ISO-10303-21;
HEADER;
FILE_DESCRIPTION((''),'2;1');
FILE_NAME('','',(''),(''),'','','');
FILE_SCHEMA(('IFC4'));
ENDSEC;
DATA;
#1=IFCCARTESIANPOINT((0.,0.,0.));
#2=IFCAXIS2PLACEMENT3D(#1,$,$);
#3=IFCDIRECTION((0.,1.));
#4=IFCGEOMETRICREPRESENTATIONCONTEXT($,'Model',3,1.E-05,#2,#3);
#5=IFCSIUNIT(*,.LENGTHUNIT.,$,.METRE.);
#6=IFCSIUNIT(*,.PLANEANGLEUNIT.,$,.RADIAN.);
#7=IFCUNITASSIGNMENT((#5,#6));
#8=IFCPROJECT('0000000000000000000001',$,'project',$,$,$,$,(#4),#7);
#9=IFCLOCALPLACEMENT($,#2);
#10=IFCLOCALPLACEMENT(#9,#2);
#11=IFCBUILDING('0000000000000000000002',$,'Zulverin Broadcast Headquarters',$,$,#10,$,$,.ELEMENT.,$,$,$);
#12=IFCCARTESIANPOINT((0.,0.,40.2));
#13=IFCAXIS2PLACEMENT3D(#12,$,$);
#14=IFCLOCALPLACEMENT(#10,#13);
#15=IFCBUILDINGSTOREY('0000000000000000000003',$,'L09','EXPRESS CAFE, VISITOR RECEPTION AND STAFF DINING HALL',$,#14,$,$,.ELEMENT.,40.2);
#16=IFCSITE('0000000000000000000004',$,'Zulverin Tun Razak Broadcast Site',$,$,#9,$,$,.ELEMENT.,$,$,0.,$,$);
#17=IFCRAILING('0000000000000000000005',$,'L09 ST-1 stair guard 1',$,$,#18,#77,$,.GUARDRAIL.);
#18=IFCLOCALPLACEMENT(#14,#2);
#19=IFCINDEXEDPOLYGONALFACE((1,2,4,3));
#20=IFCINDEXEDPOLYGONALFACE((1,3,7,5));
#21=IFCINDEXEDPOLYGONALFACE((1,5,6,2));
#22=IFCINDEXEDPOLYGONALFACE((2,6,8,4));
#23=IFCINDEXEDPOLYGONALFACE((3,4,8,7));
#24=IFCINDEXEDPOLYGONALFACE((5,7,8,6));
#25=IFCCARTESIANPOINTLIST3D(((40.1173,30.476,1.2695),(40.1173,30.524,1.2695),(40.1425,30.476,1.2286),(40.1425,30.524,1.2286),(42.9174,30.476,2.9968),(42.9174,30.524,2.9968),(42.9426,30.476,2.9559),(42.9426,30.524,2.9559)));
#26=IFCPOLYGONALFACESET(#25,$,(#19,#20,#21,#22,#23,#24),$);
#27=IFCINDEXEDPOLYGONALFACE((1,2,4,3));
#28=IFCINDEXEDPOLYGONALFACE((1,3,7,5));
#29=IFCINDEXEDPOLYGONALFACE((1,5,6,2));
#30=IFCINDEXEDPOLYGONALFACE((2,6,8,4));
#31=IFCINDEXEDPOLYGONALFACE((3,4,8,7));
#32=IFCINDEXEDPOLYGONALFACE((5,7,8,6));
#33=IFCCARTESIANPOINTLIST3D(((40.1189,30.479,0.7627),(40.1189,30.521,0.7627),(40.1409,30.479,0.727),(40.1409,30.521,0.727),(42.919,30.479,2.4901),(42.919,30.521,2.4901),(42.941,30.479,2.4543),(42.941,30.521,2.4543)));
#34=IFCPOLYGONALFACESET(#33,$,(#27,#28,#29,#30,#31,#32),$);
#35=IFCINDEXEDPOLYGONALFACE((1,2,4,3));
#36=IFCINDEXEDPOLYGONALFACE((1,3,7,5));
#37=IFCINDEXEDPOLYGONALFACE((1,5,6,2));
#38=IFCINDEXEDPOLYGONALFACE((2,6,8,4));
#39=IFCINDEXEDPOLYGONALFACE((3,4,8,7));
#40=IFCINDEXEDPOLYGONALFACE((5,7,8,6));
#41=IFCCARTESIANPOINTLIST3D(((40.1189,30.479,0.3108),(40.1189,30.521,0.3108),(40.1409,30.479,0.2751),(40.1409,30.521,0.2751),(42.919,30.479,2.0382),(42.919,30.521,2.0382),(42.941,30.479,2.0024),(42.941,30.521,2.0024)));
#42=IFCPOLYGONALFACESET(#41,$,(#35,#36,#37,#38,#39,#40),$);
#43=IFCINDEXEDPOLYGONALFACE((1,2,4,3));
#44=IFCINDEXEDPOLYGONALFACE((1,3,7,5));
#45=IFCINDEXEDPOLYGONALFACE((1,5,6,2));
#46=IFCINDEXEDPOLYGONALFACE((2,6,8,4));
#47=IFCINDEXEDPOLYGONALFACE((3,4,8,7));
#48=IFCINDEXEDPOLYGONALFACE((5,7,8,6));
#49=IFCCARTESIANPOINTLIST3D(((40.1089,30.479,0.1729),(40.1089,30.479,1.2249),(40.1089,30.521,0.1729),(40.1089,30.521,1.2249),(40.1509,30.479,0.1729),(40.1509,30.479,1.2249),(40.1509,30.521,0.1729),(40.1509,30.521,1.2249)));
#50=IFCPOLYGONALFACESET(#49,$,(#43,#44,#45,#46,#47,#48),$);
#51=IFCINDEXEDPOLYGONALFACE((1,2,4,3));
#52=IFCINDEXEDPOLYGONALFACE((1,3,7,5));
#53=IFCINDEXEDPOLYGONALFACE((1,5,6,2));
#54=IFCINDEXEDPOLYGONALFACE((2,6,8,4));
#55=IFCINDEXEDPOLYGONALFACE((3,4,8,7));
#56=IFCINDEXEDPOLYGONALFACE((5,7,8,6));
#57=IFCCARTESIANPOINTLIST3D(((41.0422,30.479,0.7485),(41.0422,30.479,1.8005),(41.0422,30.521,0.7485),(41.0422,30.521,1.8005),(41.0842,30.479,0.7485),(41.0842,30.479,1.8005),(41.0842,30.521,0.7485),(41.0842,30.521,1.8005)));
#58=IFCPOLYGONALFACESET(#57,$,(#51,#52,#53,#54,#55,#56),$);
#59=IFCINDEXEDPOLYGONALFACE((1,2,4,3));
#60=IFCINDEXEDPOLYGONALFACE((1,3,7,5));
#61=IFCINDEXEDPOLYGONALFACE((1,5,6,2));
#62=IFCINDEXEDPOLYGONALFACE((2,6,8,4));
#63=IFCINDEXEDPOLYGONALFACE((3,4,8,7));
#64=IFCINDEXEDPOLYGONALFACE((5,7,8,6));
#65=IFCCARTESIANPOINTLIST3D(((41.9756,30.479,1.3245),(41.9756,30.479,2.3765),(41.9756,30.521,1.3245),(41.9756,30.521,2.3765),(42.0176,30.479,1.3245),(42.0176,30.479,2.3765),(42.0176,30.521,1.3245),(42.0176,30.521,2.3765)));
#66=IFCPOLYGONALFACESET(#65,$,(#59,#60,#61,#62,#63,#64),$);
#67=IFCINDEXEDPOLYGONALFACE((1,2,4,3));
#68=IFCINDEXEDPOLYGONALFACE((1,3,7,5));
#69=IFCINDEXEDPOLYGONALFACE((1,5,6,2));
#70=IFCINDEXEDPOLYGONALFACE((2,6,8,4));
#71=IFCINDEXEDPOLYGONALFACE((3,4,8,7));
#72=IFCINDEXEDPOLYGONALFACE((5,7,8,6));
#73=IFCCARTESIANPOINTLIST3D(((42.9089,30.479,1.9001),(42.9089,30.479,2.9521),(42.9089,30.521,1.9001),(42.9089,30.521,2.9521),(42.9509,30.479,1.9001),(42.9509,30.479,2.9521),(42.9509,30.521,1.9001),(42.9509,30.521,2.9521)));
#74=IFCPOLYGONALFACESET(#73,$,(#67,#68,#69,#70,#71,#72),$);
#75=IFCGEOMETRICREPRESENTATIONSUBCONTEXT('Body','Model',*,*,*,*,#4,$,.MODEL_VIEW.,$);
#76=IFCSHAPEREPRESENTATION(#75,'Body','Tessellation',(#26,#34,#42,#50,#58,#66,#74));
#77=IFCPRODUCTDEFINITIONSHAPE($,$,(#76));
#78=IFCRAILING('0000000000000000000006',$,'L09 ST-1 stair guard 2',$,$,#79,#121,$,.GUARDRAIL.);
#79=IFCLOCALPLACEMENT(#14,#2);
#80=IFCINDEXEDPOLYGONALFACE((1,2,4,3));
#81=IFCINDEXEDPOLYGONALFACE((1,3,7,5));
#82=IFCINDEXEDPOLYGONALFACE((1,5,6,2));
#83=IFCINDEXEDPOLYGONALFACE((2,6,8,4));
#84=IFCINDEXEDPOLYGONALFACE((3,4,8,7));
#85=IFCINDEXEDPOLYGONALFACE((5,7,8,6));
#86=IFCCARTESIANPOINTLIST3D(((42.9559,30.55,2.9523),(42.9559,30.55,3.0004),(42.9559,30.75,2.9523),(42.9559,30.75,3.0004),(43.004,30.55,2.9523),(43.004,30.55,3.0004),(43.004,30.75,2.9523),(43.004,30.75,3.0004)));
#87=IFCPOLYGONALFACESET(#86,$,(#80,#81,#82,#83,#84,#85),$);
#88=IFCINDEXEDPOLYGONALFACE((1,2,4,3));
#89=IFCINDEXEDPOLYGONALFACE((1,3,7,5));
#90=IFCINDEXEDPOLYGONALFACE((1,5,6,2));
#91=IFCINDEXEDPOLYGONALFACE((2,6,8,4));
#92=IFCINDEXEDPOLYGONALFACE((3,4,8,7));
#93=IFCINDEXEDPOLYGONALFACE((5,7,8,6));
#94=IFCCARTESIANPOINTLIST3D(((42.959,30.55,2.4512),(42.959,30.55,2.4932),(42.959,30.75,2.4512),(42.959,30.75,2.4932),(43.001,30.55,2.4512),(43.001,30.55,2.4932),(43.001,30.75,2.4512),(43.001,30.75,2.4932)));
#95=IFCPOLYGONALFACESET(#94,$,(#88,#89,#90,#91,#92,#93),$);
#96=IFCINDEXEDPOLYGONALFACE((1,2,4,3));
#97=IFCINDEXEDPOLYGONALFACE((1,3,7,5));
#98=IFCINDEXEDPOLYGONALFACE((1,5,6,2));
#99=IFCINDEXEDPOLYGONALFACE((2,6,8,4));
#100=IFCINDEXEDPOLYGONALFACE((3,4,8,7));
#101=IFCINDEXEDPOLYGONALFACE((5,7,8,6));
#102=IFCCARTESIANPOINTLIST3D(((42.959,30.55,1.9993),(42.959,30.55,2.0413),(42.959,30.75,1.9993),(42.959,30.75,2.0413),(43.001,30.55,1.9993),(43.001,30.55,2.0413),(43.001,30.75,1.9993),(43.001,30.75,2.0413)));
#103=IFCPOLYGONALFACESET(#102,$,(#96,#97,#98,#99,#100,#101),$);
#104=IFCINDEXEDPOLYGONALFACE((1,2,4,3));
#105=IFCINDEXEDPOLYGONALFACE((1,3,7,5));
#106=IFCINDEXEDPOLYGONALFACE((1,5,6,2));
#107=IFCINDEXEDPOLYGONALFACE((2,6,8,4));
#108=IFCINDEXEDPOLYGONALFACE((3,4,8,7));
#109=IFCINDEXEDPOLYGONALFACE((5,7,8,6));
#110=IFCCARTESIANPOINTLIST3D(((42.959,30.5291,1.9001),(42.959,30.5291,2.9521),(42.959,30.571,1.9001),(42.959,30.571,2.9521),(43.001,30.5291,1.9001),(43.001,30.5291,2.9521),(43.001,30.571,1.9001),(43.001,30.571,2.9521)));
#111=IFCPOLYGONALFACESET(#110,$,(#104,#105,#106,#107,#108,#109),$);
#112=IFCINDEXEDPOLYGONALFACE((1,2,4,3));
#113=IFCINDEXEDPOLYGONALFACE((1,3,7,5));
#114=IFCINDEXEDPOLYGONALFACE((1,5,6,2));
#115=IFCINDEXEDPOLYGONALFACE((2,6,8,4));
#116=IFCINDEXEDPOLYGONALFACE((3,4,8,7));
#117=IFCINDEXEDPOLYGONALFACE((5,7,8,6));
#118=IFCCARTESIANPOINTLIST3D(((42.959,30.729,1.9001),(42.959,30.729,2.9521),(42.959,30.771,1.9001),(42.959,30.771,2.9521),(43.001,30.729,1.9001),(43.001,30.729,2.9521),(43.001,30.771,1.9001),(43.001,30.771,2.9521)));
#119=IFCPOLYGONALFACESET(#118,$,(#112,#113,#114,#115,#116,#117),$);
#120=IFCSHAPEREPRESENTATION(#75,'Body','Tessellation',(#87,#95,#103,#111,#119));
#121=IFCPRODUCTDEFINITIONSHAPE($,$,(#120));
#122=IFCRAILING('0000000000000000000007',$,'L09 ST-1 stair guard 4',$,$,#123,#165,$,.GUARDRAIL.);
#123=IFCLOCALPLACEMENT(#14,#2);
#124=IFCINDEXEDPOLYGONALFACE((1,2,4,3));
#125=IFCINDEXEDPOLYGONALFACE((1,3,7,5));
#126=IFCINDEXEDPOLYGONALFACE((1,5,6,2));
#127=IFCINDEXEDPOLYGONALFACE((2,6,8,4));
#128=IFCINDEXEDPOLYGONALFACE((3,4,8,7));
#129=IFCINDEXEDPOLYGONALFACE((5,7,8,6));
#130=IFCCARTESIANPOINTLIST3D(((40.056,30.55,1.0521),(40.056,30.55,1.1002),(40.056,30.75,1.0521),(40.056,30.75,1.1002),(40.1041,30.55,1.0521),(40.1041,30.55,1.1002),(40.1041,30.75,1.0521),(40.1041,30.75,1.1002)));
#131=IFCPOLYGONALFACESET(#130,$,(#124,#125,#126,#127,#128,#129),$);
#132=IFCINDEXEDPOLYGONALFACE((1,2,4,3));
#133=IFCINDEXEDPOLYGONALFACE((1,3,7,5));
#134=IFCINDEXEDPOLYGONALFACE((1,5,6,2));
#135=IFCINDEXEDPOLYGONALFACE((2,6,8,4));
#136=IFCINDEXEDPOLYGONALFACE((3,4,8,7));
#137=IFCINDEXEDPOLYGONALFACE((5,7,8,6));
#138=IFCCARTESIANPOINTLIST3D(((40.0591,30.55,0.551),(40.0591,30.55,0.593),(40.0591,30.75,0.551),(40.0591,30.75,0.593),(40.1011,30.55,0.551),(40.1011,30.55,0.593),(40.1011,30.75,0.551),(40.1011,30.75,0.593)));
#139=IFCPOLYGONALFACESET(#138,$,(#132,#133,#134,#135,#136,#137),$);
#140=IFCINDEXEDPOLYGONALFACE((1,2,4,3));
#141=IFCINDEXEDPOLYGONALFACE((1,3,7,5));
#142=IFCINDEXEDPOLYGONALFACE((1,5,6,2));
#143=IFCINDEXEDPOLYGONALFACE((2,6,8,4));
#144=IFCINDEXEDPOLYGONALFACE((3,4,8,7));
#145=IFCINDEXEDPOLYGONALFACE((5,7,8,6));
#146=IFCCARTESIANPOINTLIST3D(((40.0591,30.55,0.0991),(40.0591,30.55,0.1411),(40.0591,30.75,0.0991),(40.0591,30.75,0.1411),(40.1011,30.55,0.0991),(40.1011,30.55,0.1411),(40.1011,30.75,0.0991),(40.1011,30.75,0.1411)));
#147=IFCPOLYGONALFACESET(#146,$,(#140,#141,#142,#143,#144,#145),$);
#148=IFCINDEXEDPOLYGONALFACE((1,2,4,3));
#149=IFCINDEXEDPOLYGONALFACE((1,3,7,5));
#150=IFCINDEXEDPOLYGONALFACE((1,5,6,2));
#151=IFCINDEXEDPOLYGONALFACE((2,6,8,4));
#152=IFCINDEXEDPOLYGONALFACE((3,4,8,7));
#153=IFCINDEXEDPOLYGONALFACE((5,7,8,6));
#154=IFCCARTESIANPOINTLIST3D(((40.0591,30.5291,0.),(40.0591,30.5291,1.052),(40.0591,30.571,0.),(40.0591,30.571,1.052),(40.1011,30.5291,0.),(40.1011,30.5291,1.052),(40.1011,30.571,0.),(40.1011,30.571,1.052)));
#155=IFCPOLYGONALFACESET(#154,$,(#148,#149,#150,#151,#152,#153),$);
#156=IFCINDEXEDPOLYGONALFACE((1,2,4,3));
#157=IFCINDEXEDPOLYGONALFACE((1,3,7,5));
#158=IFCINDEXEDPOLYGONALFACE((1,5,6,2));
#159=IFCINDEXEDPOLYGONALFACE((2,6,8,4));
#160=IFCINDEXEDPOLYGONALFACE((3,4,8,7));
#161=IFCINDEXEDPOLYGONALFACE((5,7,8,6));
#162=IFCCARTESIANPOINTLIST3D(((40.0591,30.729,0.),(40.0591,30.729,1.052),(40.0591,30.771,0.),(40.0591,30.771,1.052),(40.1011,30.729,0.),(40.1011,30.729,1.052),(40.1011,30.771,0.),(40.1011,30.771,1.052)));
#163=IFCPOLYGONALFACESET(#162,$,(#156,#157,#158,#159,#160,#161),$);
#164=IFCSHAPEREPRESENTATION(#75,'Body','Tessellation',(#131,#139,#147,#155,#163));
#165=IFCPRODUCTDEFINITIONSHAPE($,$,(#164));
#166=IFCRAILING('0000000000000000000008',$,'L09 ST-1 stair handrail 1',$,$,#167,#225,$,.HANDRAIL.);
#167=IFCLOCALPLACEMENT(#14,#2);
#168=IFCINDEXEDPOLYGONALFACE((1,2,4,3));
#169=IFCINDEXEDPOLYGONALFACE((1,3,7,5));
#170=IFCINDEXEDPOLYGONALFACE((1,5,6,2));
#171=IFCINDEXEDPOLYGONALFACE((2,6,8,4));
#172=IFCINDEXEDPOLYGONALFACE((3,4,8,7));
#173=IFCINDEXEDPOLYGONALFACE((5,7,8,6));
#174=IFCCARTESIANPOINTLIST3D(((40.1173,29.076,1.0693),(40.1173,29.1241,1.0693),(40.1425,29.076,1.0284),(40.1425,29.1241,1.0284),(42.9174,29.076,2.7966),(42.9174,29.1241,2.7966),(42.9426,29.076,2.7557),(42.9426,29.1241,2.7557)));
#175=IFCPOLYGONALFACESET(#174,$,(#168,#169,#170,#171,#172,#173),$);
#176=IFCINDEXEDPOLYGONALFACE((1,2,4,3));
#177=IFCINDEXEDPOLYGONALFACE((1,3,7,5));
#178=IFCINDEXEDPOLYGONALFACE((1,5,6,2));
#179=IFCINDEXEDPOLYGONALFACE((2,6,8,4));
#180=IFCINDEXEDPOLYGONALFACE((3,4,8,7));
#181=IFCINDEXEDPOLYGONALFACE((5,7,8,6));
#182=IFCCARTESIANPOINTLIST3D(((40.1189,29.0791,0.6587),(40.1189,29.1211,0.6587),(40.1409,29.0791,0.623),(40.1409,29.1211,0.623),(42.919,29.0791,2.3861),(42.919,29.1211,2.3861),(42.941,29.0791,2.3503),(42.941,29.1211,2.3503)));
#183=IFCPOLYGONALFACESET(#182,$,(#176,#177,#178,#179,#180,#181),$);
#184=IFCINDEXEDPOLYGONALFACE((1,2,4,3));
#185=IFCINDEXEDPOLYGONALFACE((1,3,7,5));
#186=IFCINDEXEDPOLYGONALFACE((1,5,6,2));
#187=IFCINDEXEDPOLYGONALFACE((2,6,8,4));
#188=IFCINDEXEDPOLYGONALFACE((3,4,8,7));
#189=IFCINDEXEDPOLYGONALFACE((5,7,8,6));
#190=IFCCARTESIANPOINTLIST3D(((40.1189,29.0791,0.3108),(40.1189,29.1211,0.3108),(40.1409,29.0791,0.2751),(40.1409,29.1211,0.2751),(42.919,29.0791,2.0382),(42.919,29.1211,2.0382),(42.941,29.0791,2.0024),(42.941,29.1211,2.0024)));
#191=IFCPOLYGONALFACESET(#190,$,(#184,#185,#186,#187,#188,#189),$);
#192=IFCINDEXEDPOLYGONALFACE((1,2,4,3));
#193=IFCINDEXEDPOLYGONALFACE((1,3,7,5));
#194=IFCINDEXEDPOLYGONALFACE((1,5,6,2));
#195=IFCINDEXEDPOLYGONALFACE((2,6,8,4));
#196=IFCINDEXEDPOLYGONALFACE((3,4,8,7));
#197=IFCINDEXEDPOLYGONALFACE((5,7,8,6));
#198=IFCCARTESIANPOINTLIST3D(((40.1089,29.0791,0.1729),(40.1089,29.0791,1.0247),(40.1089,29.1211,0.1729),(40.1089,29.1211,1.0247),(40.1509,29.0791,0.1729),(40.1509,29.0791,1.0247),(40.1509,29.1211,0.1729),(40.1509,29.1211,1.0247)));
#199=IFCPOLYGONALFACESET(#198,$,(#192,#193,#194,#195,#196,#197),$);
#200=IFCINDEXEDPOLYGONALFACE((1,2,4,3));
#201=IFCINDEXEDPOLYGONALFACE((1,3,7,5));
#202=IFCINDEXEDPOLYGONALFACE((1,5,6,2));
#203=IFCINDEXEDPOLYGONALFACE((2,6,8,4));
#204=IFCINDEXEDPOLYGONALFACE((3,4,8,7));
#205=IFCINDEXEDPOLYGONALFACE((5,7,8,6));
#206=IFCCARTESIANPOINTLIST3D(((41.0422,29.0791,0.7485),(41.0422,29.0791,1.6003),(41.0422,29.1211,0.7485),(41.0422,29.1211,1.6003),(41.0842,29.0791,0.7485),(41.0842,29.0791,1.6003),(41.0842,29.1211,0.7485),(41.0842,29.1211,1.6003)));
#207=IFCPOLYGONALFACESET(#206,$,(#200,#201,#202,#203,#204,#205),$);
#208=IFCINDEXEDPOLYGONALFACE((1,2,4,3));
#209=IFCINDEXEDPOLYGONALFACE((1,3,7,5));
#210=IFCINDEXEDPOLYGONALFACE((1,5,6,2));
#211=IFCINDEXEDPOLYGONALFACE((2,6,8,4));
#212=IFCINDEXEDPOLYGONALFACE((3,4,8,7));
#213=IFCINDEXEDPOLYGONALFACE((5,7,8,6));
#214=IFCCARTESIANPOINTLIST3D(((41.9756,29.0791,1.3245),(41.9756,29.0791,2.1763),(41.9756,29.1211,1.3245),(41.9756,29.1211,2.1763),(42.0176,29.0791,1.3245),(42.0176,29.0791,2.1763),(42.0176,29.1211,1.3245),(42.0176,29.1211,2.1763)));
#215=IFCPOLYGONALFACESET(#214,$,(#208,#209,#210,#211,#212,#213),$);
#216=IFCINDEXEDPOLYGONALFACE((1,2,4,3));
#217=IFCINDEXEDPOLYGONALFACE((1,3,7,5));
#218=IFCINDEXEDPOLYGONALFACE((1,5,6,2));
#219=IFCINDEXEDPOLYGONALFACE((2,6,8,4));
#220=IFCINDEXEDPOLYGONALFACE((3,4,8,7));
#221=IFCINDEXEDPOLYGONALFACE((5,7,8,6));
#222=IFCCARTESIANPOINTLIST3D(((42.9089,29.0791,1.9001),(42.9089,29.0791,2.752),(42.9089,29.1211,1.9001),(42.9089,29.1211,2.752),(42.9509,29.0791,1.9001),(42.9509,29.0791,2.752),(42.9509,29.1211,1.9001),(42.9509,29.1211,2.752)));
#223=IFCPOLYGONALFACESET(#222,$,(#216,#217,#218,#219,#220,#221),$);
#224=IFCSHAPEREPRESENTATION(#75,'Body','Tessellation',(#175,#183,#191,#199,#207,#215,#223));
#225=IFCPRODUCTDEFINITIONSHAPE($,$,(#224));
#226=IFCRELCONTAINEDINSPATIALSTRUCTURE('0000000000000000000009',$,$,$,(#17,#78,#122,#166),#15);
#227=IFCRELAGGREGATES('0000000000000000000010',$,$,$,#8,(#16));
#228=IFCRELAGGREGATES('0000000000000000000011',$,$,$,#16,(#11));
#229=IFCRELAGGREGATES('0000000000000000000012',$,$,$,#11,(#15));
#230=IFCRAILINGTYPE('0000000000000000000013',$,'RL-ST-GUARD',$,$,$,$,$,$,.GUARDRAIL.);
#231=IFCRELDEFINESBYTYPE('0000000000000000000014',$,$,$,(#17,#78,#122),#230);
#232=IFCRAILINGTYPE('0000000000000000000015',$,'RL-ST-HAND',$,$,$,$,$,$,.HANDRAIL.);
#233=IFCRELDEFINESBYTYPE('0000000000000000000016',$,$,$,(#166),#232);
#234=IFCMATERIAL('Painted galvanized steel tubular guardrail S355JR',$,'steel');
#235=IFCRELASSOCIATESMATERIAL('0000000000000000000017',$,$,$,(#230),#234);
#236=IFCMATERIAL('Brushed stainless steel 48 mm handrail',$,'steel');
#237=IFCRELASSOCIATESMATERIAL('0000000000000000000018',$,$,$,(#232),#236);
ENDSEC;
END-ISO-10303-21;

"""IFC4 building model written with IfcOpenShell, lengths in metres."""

from ifc_helpers import new_model, si_unit, direction, frame, origin, origin_2d, place, context, subcontext, project, spatial, rectangle, extrude, material, type_object, element, save


model = new_model("IFC4")

# Units and contexts
model_context = context("Model", 3, precision=1e-05, world=origin(), true_north=direction((0.0, 1.0)))
body_context = subcontext(model_context, "Body", "Model", "MODEL_VIEW")
ifc_project = project(units=[si_unit("LENGTHUNIT", "METRE"), si_unit("PLANEANGLEUNIT", "RADIAN")], contexts=[model_context])

# Site, building, storey
site_placement = place(None, origin())
site = spatial("IfcSite", under=ifc_project, at=site_placement, Name="Zulverin Tun Razak Broadcast Site", CompositionType="ELEMENT", RefElevation=0.0)
building_placement = place(site_placement, origin())
building = spatial("IfcBuilding", under=site, at=building_placement, Name="Zulverin Broadcast Headquarters", CompositionType="ELEMENT")
storey_placement = place(building_placement, frame((0.0, 0.0, 40.2)))
storey = spatial("IfcBuildingStorey", under=building, at=storey_placement, Name="L09", Description="EXPRESS CAFE, VISITOR RECEPTION AND STAFF DINING HALL", CompositionType="ELEMENT", Elevation=40.2)

# Railings
ifc_material_1 = material(Name="Painted galvanized steel tubular guardrail S355JR", Category="steel")
railing_type_1 = type_object("IfcRailingType", Name="RL-ST-GUARD", PredefinedType="GUARDRAIL", material=ifc_material_1)
railing_1_placement = place(storey_placement, frame((40.1299, 30.5, 0.1729)))
element("IfcRailing", 1, at=railing_1_placement, inside=storey, type_object=railing_type_1, Name="L09 ST-1 stair guard 1", PredefinedType="GUARDRAIL", context=body_context, shape_type="SweptSolid", body=[
    extrude(rectangle(XDim=0.0481, YDim=0.0481, at=origin_2d()), frame((0.0, 0.0, 1.0762), z_axis=(0.85109, 0.0, 0.52502), x_axis=(0.0, 1.0, 0.0)), (0.0, 0.0, 1.0), 3.29),
    extrude(rectangle(XDim=0.042, YDim=0.042, at=origin_2d()), frame((0.0, 0.0, 0.572), z_axis=(0.85109, 0.0, 0.52502), x_axis=(0.0, 1.0, 0.0)), (0.0, 0.0, 1.0), 3.29),
    extrude(rectangle(XDim=0.042, YDim=0.042, at=origin_2d()), frame((0.0, 0.0, 0.1201), z_axis=(0.85109, 0.0, 0.52502), x_axis=(0.0, 1.0, 0.0)), (0.0, 0.0, 1.0), 3.29),
    extrude(rectangle(XDim=0.042, YDim=0.042, at=origin_2d()), origin(), (0.0, 0.0, 1.0), 1.052),
    extrude(rectangle(XDim=0.042, YDim=0.042, at=origin_2d()), frame((0.9333, 0.0, 0.5757)), (0.0, 0.0, 1.0), 1.052),
    extrude(rectangle(XDim=0.042, YDim=0.042, at=origin_2d()), frame((1.8667, 0.0, 1.1516)), (0.0, 0.0, 1.0), 1.052),
    extrude(rectangle(XDim=0.042, YDim=0.042, at=origin_2d()), frame((2.8, 0.0, 1.7273)), (0.0, 0.0, 1.0), 1.052),
])
for number, where, name in (
    (2, (42.98, 30.55, 1.9001), "L09 ST-1 stair guard 2"),
    (3, (40.0801, 30.55, 0.0), "L09 ST-1 stair guard 4"),
):
    element("IfcRailing", number, at=place(storey_placement, frame(where)), inside=storey, type_object=railing_type_1, Name=name, PredefinedType="GUARDRAIL", context=body_context, shape_type="SweptSolid", body=[
        extrude(rectangle(XDim=0.0481, YDim=0.0481, at=origin_2d()), frame((0.0, 0.0, 1.0762), z_axis=(0.0, 1.0, 0.0), x_axis=(-1.0, 0.0, 0.0)), (0.0, 0.0, 1.0), 0.2),
        extrude(rectangle(XDim=0.042, YDim=0.042, at=origin_2d()), frame((0.0, 0.0, 0.572), z_axis=(0.0, 1.0, 0.0), x_axis=(-1.0, 0.0, 0.0)), (0.0, 0.0, 1.0), 0.2),
        extrude(rectangle(XDim=0.042, YDim=0.042, at=origin_2d()), frame((0.0, 0.0, 0.1201), z_axis=(0.0, 1.0, 0.0), x_axis=(-1.0, 0.0, 0.0)), (0.0, 0.0, 1.0), 0.2),
        extrude(rectangle(XDim=0.042, YDim=0.042, at=origin_2d()), origin(), (0.0, 0.0, 1.0), 1.052),
        extrude(rectangle(XDim=0.042, YDim=0.042, at=origin_2d()), frame((0.0, 0.2, 0.0)), (0.0, 0.0, 1.0), 1.052),
    ])
ifc_material_2 = material(Name="Brushed stainless steel 48 mm handrail", Category="steel")
railing_type_2 = type_object("IfcRailingType", Name="RL-ST-HAND", PredefinedType="HANDRAIL", material=ifc_material_2)
railing_2_placement = place(storey_placement, frame((40.1299, 29.1001, 0.1729)))
element("IfcRailing", 4, at=railing_2_placement, inside=storey, type_object=railing_type_2, Name="L09 ST-1 stair handrail 1", PredefinedType="HANDRAIL", context=body_context, shape_type="SweptSolid", body=[
    extrude(rectangle(XDim=0.0481, YDim=0.0481, at=origin_2d()), frame((0.0, 0.0, 0.876), z_axis=(0.85109, 0.0, 0.52502), x_axis=(0.0, 1.0, 0.0)), (0.0, 0.0, 1.0), 3.29),
    extrude(rectangle(XDim=0.042, YDim=0.042, at=origin_2d()), frame((0.0, 0.0, 0.468), z_axis=(0.85109, 0.0, 0.52502), x_axis=(0.0, 1.0, 0.0)), (0.0, 0.0, 1.0), 3.29),
    extrude(rectangle(XDim=0.042, YDim=0.042, at=origin_2d()), frame((0.0, 0.0, 0.1201), z_axis=(0.85109, 0.0, 0.52502), x_axis=(0.0, 1.0, 0.0)), (0.0, 0.0, 1.0), 3.29),
    extrude(rectangle(XDim=0.042, YDim=0.042, at=origin_2d()), origin(), (0.0, 0.0, 1.0), 0.8518),
    extrude(rectangle(XDim=0.042, YDim=0.042, at=origin_2d()), frame((0.9333, 0.0, 0.5757)), (0.0, 0.0, 1.0), 0.8518),
    extrude(rectangle(XDim=0.042, YDim=0.042, at=origin_2d()), frame((1.8667, 0.0, 1.1516)), (0.0, 0.0, 1.0), 0.8518),
    extrude(rectangle(XDim=0.042, YDim=0.042, at=origin_2d()), frame((2.8, 0.0, 1.7273)), (0.0, 0.0, 1.0), 0.8518),
])

save(model, "model.ifc")
